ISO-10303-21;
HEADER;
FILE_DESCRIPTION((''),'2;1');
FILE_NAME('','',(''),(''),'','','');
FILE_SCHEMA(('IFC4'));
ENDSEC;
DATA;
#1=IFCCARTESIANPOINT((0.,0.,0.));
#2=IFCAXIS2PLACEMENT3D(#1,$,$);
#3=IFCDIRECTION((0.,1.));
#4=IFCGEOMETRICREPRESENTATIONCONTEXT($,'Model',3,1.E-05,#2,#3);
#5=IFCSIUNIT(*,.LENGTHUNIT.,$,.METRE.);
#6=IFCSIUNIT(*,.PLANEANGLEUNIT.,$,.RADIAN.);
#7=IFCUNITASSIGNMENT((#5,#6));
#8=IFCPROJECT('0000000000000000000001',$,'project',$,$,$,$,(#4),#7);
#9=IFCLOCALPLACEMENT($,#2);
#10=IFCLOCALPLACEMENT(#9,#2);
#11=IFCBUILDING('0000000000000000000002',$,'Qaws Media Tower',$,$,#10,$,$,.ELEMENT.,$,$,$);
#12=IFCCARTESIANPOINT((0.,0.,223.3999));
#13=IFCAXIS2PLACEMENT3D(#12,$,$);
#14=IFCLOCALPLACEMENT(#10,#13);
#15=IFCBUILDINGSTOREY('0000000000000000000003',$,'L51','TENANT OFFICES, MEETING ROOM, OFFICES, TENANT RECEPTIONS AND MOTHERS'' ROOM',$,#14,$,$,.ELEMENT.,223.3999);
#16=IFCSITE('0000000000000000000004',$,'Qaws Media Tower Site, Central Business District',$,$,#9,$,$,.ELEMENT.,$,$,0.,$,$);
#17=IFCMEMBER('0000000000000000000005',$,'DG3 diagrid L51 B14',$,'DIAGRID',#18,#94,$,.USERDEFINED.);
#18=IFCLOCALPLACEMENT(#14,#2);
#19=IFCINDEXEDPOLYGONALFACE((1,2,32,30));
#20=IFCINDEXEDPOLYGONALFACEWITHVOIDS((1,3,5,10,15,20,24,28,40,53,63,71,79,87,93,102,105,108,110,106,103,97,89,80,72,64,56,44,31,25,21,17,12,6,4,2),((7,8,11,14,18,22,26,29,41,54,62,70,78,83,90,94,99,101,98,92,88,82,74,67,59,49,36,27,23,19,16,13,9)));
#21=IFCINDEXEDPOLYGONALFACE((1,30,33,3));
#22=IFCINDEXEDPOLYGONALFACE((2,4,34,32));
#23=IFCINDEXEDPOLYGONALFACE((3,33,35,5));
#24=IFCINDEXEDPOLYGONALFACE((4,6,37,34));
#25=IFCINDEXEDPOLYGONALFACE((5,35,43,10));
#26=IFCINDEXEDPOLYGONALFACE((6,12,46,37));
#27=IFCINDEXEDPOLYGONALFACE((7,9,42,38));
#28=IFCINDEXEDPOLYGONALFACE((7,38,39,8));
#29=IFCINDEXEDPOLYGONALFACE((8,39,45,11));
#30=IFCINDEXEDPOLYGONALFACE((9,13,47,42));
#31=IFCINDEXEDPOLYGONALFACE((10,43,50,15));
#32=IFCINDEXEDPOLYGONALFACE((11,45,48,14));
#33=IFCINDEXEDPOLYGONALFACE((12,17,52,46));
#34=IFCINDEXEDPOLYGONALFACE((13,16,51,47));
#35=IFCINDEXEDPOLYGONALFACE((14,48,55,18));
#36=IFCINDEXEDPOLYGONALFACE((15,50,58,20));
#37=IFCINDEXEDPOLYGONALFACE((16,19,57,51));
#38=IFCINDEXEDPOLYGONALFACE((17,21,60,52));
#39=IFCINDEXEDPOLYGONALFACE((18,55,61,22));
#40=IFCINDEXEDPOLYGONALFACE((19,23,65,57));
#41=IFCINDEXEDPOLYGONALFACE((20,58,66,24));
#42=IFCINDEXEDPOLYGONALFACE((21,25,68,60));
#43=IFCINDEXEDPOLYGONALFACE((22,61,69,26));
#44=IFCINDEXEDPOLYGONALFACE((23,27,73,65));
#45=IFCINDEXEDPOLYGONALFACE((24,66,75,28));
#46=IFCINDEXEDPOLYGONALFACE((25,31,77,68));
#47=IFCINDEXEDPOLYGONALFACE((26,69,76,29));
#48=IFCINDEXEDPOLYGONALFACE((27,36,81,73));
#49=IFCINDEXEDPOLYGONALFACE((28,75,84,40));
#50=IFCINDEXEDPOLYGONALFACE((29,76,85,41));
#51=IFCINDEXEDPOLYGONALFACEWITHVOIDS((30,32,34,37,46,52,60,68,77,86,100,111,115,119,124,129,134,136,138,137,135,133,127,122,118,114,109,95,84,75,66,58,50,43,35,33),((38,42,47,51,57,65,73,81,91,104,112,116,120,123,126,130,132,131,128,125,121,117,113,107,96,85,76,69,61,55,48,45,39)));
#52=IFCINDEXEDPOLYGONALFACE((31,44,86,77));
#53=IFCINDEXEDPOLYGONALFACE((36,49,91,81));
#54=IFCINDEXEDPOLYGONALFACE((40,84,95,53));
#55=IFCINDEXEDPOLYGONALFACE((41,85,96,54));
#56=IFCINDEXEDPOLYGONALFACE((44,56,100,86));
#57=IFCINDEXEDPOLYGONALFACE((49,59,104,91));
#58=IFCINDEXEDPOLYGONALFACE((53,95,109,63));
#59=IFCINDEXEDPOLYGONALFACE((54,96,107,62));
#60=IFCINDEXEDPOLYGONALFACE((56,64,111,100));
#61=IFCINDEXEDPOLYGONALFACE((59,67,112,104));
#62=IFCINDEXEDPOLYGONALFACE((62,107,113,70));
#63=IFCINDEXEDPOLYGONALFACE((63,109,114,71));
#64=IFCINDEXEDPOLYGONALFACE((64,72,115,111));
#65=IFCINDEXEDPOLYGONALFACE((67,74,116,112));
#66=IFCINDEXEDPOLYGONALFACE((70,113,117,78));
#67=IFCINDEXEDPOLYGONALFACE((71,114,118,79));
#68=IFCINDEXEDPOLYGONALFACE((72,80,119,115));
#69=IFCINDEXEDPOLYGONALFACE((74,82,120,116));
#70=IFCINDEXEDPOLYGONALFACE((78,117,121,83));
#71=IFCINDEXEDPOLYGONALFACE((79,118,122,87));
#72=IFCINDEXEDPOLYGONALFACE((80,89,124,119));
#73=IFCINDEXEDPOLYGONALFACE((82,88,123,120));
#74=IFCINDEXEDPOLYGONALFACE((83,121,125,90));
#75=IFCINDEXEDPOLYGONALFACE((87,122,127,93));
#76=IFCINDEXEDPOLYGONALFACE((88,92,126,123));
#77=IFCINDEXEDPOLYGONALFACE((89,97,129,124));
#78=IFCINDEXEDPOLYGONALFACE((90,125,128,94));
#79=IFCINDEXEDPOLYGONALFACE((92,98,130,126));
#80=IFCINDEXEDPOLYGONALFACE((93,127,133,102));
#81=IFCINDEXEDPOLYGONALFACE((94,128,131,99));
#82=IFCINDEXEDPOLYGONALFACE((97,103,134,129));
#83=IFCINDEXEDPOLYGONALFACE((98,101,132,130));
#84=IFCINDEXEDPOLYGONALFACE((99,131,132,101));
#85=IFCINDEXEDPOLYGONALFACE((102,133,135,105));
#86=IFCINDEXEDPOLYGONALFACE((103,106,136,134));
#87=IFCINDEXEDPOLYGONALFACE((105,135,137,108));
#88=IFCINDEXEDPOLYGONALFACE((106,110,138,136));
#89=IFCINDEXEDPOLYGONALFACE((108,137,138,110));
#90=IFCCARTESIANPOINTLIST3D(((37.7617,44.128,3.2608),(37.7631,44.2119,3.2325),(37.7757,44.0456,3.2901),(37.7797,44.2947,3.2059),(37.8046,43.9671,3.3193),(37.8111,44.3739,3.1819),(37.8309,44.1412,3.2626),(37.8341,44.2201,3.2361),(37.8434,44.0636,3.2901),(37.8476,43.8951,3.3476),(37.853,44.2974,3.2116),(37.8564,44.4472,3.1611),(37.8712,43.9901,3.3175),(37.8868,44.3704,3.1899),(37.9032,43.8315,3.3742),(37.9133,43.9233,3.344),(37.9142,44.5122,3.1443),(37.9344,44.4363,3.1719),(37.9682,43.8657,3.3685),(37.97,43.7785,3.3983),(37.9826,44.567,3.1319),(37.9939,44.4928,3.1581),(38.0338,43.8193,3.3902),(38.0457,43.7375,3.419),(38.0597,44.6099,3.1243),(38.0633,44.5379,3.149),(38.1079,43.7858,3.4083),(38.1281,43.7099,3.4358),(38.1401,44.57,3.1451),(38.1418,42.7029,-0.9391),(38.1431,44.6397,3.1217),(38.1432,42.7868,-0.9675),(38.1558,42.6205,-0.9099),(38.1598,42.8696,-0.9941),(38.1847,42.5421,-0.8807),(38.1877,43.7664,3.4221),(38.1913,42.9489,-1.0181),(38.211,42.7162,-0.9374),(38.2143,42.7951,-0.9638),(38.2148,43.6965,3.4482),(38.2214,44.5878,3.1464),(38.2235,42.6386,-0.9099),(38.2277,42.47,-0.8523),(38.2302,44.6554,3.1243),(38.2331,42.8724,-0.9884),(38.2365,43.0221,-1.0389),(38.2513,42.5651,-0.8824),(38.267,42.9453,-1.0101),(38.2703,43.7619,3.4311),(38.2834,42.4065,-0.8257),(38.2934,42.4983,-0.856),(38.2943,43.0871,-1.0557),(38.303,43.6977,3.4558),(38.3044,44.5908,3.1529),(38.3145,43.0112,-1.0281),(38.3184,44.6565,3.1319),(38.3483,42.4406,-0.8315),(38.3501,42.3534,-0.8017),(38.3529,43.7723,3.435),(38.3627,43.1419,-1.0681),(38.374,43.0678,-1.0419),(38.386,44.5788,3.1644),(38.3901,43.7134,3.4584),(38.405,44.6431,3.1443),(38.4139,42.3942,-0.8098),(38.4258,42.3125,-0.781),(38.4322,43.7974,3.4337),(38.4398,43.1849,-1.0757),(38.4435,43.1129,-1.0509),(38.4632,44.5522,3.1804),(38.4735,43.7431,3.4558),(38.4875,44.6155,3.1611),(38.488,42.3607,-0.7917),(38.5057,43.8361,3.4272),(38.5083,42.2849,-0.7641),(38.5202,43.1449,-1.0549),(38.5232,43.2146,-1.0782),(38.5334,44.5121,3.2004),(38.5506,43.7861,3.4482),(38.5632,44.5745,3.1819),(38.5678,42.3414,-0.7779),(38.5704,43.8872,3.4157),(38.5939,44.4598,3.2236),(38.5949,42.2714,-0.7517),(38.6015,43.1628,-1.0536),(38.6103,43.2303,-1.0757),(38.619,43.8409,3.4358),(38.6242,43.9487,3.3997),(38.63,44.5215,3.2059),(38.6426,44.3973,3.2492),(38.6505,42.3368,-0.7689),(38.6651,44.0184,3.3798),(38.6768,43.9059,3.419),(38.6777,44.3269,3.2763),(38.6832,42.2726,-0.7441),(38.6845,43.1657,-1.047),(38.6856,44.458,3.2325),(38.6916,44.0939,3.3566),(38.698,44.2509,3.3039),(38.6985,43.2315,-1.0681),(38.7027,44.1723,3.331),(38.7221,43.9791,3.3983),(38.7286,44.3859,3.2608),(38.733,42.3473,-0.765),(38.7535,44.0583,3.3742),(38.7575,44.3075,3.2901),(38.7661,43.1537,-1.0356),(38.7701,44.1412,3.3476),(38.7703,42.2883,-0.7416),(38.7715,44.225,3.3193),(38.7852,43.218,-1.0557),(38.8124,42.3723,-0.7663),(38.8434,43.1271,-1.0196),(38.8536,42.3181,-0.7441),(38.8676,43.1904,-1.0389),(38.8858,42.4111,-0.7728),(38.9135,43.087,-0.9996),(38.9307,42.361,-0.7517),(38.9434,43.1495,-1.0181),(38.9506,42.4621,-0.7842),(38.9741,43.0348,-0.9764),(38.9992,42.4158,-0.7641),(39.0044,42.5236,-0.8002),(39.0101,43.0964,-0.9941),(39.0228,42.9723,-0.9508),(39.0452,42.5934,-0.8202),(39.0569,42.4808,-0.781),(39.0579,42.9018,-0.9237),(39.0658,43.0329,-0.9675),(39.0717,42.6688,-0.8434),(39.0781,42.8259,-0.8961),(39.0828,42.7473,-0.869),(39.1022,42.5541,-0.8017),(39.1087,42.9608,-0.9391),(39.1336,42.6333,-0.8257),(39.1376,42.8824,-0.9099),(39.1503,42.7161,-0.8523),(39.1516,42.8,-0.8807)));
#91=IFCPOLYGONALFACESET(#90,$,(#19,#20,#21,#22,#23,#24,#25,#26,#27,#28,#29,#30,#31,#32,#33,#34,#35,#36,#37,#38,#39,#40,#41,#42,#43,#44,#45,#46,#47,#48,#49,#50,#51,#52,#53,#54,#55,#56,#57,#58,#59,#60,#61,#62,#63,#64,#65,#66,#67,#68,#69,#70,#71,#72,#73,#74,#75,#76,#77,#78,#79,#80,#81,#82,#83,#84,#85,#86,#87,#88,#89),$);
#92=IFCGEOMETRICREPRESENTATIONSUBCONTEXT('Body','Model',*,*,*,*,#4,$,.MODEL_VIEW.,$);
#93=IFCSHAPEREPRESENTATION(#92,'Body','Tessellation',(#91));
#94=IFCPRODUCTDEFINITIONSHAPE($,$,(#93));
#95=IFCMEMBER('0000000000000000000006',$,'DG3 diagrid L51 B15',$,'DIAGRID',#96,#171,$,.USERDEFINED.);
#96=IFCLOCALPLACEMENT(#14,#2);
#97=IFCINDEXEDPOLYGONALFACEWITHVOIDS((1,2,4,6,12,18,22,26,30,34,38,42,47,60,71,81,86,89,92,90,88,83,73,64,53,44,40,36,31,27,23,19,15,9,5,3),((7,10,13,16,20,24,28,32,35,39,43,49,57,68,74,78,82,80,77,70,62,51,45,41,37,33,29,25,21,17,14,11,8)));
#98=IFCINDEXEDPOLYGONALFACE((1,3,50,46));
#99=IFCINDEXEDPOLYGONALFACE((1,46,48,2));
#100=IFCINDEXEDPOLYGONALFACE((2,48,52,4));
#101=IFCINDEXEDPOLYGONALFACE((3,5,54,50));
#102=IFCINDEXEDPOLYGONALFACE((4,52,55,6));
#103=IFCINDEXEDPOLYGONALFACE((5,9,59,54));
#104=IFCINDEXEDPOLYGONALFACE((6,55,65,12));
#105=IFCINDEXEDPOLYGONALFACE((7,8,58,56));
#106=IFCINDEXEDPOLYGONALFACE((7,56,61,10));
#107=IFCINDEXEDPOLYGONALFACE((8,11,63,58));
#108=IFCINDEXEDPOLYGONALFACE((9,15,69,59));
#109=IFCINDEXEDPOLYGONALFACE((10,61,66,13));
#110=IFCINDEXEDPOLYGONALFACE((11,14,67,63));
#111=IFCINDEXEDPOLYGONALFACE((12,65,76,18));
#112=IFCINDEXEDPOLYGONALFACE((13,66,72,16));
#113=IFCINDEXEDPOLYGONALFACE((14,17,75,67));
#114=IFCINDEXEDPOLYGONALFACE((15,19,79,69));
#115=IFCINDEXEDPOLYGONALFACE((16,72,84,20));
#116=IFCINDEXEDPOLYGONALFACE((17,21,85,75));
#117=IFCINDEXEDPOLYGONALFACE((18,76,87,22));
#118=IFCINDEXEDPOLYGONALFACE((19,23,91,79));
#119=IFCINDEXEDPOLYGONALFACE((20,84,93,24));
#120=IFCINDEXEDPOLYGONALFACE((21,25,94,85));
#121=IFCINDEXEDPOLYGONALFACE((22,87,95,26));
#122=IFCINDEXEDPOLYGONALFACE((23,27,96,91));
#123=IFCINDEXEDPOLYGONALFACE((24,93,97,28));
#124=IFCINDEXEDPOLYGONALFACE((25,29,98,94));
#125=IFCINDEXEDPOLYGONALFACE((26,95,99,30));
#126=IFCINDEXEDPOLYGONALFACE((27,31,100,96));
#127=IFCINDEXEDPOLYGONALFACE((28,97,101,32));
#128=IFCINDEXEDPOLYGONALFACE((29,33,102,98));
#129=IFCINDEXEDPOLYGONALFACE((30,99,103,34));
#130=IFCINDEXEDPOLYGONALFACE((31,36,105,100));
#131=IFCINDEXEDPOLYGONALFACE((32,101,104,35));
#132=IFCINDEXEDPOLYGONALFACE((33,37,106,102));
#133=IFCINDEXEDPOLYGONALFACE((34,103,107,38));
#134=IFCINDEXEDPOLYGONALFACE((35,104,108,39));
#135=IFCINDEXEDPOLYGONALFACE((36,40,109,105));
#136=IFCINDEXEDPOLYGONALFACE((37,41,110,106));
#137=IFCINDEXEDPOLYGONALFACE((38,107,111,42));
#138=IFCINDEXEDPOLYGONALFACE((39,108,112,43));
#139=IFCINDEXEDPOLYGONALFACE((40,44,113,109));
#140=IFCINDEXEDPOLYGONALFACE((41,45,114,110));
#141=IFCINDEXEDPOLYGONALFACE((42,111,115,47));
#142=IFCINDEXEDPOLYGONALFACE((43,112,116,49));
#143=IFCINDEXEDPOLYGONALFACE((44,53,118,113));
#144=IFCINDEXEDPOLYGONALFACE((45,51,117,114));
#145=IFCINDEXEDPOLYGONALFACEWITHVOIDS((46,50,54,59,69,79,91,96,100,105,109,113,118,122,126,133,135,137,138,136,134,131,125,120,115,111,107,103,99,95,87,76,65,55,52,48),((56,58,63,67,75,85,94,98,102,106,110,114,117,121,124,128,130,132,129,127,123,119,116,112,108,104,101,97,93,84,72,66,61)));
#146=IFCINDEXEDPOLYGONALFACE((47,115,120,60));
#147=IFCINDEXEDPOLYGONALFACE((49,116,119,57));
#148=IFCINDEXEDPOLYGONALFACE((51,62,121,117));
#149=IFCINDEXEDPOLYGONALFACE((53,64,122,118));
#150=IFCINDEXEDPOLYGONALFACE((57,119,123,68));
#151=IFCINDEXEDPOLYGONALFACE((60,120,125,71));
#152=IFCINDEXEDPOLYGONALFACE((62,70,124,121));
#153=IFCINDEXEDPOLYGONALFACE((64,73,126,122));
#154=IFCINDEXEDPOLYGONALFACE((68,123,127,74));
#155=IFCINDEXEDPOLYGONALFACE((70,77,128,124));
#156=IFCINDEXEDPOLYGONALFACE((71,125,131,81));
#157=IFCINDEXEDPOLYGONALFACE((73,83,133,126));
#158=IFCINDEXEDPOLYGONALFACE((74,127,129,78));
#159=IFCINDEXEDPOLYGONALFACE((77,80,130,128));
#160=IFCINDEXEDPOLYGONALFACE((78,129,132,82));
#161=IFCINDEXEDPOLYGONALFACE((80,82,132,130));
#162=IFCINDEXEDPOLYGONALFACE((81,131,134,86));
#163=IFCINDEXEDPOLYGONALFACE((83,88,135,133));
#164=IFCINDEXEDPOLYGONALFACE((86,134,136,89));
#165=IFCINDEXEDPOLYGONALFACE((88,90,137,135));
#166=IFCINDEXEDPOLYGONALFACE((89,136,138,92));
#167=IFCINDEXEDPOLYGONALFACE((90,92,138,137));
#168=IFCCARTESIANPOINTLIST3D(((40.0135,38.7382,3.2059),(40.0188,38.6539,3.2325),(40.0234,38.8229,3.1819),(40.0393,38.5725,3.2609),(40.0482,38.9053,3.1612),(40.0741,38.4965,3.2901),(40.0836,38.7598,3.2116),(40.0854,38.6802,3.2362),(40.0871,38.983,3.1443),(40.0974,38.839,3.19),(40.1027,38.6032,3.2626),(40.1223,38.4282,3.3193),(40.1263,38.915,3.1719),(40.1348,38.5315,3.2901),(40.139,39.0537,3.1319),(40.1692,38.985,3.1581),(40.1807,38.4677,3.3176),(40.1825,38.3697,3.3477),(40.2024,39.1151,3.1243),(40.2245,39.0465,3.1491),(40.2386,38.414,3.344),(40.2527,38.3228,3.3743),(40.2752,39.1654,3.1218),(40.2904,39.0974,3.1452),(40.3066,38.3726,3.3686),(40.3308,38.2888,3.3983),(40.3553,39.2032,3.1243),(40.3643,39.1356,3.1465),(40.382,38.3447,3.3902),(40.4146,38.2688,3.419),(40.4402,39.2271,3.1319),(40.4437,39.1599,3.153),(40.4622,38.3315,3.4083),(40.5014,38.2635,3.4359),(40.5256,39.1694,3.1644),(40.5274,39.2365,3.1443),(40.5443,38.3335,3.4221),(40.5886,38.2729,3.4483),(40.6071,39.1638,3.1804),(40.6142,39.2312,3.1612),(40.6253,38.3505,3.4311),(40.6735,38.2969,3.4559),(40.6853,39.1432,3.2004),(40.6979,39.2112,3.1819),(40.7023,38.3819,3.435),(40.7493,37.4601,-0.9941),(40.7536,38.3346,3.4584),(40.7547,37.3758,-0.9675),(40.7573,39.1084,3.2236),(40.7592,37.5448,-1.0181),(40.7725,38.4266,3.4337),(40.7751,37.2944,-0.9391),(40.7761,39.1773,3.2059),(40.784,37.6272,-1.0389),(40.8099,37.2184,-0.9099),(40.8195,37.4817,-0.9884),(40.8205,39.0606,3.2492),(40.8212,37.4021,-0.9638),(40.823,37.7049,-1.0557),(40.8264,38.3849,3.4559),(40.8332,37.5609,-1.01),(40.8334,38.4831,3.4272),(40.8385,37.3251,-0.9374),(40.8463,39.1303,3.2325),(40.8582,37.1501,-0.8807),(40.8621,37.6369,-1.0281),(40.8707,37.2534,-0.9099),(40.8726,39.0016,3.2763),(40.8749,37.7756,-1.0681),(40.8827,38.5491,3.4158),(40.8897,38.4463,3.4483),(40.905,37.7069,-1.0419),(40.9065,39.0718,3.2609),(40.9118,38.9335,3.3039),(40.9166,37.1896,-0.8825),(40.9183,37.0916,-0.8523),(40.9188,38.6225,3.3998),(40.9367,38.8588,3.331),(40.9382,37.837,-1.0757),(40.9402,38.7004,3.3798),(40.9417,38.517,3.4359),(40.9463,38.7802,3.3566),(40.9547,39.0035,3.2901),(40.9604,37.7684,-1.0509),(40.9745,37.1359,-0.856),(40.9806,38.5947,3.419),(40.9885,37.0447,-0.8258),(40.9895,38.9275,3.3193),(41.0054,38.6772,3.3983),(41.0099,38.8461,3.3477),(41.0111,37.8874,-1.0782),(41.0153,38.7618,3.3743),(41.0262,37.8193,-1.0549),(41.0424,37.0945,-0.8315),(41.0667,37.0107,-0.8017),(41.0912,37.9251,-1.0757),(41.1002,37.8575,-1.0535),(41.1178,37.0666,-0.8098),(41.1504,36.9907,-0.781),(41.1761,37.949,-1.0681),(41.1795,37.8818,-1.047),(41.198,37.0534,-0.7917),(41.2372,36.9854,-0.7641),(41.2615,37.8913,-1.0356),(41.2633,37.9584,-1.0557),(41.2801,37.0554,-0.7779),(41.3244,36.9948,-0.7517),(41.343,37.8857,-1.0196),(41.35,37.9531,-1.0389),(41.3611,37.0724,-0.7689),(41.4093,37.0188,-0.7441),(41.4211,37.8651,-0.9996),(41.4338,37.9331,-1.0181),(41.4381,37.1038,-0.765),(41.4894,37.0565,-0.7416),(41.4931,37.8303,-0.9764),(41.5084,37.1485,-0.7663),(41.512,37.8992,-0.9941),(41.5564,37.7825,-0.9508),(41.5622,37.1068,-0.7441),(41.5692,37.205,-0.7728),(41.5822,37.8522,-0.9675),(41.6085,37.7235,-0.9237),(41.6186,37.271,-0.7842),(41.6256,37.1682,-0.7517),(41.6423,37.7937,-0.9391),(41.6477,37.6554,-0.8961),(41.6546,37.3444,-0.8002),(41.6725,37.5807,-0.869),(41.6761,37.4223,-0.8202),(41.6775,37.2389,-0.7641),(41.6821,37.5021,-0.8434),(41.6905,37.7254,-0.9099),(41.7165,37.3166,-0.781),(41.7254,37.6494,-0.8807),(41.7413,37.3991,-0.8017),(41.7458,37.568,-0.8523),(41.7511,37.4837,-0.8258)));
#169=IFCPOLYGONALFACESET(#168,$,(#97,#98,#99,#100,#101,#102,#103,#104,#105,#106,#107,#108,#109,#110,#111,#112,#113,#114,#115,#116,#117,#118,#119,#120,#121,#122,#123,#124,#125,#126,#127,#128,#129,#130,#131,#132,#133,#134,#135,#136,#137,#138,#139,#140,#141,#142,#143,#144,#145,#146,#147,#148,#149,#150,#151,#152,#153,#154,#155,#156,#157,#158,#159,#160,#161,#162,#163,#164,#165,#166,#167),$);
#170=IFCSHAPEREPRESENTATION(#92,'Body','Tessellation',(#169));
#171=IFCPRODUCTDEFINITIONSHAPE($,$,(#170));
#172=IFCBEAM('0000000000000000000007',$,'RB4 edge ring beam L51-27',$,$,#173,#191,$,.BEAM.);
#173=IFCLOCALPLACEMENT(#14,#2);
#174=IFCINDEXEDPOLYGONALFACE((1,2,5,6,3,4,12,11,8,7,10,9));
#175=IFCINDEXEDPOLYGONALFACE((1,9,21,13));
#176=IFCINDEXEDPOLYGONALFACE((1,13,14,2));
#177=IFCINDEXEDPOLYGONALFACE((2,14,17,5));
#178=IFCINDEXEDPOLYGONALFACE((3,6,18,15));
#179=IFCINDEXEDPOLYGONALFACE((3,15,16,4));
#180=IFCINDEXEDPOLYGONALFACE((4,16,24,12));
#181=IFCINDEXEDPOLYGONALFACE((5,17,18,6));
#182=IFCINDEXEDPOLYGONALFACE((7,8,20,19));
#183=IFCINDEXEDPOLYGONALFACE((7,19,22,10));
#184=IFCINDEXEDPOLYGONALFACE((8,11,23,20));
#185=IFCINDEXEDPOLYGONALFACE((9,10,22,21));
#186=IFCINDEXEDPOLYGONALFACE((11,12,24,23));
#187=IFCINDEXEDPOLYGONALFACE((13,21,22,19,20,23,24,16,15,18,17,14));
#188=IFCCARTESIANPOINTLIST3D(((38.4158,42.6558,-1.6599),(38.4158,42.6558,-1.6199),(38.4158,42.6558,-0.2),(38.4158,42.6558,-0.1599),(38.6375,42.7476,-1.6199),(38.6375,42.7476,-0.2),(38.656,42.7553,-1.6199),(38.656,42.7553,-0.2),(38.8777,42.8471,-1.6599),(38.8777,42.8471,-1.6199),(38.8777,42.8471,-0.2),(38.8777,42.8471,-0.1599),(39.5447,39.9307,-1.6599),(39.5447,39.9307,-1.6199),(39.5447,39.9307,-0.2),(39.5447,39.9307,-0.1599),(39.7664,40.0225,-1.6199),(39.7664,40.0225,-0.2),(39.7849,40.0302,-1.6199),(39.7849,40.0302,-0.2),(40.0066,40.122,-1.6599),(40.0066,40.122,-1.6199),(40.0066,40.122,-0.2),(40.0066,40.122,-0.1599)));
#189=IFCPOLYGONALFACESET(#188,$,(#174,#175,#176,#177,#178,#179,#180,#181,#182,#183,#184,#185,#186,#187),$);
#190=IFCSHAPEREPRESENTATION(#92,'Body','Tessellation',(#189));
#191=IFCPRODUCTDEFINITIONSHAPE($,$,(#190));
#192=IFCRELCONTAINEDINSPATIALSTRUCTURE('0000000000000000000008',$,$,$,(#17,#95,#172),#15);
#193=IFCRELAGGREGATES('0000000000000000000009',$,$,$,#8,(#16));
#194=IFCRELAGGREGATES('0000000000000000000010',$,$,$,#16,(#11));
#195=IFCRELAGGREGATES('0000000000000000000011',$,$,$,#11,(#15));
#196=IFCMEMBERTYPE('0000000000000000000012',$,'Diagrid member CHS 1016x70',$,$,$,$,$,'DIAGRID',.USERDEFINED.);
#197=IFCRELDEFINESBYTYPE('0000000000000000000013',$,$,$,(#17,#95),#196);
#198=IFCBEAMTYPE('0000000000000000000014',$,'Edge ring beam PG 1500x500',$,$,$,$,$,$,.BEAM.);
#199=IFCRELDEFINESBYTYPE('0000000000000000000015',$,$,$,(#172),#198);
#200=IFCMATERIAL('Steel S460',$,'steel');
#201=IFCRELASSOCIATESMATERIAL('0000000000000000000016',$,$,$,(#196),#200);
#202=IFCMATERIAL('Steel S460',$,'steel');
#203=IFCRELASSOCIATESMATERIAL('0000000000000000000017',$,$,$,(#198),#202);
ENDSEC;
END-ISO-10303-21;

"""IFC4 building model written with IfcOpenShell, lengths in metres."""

from ifc_helpers import new_model, si_unit, direction, frame, origin, origin_2d, place, context, subcontext, project, spatial, hollow_circle, i_section, extrude, material, material_profile, profile_set, type_object, element, save


model = new_model("IFC4")

# Units and contexts
model_context = context("Model", 3, precision=1e-05, world=origin(), true_north=direction((0.0, 1.0)))
body_context = subcontext(model_context, "Body", "Model", "MODEL_VIEW")
ifc_project = project(units=[si_unit("LENGTHUNIT", "METRE"), si_unit("PLANEANGLEUNIT", "RADIAN")], contexts=[model_context])

# Site, building, storey
site_placement = place(None, origin())
site = spatial("IfcSite", under=ifc_project, at=site_placement, Name="Qaws Media Tower Site, Central Business District", CompositionType="ELEMENT", RefElevation=0.0)
building_placement = place(site_placement, origin())
building = spatial("IfcBuilding", under=site, at=building_placement, Name="Qaws Media Tower", CompositionType="ELEMENT")
storey_placement = place(building_placement, frame((0.0, 0.0, 223.3999)))
storey = spatial("IfcBuildingStorey", under=building, at=storey_placement, Name="L51", Description="TENANT OFFICES, MEETING ROOM, OFFICES, TENANT RECEPTIONS AND MOTHERS' ROOM", CompositionType="ELEMENT", Elevation=223.3999)

# Members
ifc_material_1 = material(Name="Steel S460", Category="steel")
ifc_material_profile_1 = material_profile(ifc_material_1, hollow_circle(Radius=0.5081, WallThickness=0.0701, at=origin_2d()), Name="CHS 1016x70")
ifc_profile_set_1 = profile_set([ifc_material_profile_1], Name="Steel S460")
member_type_1 = type_object("IfcMemberType", Name="Diagrid member CHS 1016x70", ElementType="DIAGRID", PredefinedType="USERDEFINED", material=ifc_profile_set_1)
for number, where, z_axis, x_axis, name in (
    (1, (38.6467, 42.7515, -0.9099), (-0.085395, 0.320136, 0.943515), (-0.966216, -0.257735, 0.0), "DG3 diagrid L51 B14"),
    (2, (41.2502, 37.4719, -0.9099), (-0.165307, 0.287121, 0.943523), (-0.866629, -0.498953, 0.0), "DG3 diagrid L51 B15"),
):
    element("IfcMember", number, at=place(storey_placement, frame(where, z_axis=z_axis, x_axis=x_axis)), inside=storey, type_object=member_type_1, Name=name, ObjectType="DIAGRID", PredefinedType="USERDEFINED", context=body_context, shape_type="SweptSolid", body=[
        extrude(hollow_circle(Radius=0.5081, WallThickness=0.0701, at=origin_2d()), origin(), (0.0, 0.0, 1.0), 4.4514),
    ])

# Beam
ifc_material_2 = material(Name="Steel S460", Category="steel")
ifc_material_profile_2 = material_profile(ifc_material_2, i_section(OverallWidth=0.5, OverallDepth=1.5, WebThickness=0.02, FlangeThickness=0.04, at=origin_2d()), Name="PG 1500x500")
ifc_profile_set_2 = profile_set([ifc_material_profile_2], Name="Steel S460")
beam_type = type_object("IfcBeamType", Name="Edge ring beam PG 1500x500", PredefinedType="BEAM", material=ifc_profile_set_2)
beam_1_placement = place(storey_placement, frame((38.6467, 42.7515, -0.9099), z_axis=(0.382722, -0.923863, 0.0), x_axis=(0.923863, 0.382722, 0.0)))
element("IfcBeam", 3, at=beam_1_placement, inside=storey, type_object=beam_type, Name="RB4 edge ring beam L51-27", PredefinedType="BEAM", context=body_context, shape_type="SweptSolid", body=[
    extrude(i_section(OverallWidth=0.5, OverallDepth=1.5, WebThickness=0.02, FlangeThickness=0.04, at=origin_2d()), origin(), (0.0, 0.0, 1.0), 2.9497),
])

save(model, "model.ifc")
